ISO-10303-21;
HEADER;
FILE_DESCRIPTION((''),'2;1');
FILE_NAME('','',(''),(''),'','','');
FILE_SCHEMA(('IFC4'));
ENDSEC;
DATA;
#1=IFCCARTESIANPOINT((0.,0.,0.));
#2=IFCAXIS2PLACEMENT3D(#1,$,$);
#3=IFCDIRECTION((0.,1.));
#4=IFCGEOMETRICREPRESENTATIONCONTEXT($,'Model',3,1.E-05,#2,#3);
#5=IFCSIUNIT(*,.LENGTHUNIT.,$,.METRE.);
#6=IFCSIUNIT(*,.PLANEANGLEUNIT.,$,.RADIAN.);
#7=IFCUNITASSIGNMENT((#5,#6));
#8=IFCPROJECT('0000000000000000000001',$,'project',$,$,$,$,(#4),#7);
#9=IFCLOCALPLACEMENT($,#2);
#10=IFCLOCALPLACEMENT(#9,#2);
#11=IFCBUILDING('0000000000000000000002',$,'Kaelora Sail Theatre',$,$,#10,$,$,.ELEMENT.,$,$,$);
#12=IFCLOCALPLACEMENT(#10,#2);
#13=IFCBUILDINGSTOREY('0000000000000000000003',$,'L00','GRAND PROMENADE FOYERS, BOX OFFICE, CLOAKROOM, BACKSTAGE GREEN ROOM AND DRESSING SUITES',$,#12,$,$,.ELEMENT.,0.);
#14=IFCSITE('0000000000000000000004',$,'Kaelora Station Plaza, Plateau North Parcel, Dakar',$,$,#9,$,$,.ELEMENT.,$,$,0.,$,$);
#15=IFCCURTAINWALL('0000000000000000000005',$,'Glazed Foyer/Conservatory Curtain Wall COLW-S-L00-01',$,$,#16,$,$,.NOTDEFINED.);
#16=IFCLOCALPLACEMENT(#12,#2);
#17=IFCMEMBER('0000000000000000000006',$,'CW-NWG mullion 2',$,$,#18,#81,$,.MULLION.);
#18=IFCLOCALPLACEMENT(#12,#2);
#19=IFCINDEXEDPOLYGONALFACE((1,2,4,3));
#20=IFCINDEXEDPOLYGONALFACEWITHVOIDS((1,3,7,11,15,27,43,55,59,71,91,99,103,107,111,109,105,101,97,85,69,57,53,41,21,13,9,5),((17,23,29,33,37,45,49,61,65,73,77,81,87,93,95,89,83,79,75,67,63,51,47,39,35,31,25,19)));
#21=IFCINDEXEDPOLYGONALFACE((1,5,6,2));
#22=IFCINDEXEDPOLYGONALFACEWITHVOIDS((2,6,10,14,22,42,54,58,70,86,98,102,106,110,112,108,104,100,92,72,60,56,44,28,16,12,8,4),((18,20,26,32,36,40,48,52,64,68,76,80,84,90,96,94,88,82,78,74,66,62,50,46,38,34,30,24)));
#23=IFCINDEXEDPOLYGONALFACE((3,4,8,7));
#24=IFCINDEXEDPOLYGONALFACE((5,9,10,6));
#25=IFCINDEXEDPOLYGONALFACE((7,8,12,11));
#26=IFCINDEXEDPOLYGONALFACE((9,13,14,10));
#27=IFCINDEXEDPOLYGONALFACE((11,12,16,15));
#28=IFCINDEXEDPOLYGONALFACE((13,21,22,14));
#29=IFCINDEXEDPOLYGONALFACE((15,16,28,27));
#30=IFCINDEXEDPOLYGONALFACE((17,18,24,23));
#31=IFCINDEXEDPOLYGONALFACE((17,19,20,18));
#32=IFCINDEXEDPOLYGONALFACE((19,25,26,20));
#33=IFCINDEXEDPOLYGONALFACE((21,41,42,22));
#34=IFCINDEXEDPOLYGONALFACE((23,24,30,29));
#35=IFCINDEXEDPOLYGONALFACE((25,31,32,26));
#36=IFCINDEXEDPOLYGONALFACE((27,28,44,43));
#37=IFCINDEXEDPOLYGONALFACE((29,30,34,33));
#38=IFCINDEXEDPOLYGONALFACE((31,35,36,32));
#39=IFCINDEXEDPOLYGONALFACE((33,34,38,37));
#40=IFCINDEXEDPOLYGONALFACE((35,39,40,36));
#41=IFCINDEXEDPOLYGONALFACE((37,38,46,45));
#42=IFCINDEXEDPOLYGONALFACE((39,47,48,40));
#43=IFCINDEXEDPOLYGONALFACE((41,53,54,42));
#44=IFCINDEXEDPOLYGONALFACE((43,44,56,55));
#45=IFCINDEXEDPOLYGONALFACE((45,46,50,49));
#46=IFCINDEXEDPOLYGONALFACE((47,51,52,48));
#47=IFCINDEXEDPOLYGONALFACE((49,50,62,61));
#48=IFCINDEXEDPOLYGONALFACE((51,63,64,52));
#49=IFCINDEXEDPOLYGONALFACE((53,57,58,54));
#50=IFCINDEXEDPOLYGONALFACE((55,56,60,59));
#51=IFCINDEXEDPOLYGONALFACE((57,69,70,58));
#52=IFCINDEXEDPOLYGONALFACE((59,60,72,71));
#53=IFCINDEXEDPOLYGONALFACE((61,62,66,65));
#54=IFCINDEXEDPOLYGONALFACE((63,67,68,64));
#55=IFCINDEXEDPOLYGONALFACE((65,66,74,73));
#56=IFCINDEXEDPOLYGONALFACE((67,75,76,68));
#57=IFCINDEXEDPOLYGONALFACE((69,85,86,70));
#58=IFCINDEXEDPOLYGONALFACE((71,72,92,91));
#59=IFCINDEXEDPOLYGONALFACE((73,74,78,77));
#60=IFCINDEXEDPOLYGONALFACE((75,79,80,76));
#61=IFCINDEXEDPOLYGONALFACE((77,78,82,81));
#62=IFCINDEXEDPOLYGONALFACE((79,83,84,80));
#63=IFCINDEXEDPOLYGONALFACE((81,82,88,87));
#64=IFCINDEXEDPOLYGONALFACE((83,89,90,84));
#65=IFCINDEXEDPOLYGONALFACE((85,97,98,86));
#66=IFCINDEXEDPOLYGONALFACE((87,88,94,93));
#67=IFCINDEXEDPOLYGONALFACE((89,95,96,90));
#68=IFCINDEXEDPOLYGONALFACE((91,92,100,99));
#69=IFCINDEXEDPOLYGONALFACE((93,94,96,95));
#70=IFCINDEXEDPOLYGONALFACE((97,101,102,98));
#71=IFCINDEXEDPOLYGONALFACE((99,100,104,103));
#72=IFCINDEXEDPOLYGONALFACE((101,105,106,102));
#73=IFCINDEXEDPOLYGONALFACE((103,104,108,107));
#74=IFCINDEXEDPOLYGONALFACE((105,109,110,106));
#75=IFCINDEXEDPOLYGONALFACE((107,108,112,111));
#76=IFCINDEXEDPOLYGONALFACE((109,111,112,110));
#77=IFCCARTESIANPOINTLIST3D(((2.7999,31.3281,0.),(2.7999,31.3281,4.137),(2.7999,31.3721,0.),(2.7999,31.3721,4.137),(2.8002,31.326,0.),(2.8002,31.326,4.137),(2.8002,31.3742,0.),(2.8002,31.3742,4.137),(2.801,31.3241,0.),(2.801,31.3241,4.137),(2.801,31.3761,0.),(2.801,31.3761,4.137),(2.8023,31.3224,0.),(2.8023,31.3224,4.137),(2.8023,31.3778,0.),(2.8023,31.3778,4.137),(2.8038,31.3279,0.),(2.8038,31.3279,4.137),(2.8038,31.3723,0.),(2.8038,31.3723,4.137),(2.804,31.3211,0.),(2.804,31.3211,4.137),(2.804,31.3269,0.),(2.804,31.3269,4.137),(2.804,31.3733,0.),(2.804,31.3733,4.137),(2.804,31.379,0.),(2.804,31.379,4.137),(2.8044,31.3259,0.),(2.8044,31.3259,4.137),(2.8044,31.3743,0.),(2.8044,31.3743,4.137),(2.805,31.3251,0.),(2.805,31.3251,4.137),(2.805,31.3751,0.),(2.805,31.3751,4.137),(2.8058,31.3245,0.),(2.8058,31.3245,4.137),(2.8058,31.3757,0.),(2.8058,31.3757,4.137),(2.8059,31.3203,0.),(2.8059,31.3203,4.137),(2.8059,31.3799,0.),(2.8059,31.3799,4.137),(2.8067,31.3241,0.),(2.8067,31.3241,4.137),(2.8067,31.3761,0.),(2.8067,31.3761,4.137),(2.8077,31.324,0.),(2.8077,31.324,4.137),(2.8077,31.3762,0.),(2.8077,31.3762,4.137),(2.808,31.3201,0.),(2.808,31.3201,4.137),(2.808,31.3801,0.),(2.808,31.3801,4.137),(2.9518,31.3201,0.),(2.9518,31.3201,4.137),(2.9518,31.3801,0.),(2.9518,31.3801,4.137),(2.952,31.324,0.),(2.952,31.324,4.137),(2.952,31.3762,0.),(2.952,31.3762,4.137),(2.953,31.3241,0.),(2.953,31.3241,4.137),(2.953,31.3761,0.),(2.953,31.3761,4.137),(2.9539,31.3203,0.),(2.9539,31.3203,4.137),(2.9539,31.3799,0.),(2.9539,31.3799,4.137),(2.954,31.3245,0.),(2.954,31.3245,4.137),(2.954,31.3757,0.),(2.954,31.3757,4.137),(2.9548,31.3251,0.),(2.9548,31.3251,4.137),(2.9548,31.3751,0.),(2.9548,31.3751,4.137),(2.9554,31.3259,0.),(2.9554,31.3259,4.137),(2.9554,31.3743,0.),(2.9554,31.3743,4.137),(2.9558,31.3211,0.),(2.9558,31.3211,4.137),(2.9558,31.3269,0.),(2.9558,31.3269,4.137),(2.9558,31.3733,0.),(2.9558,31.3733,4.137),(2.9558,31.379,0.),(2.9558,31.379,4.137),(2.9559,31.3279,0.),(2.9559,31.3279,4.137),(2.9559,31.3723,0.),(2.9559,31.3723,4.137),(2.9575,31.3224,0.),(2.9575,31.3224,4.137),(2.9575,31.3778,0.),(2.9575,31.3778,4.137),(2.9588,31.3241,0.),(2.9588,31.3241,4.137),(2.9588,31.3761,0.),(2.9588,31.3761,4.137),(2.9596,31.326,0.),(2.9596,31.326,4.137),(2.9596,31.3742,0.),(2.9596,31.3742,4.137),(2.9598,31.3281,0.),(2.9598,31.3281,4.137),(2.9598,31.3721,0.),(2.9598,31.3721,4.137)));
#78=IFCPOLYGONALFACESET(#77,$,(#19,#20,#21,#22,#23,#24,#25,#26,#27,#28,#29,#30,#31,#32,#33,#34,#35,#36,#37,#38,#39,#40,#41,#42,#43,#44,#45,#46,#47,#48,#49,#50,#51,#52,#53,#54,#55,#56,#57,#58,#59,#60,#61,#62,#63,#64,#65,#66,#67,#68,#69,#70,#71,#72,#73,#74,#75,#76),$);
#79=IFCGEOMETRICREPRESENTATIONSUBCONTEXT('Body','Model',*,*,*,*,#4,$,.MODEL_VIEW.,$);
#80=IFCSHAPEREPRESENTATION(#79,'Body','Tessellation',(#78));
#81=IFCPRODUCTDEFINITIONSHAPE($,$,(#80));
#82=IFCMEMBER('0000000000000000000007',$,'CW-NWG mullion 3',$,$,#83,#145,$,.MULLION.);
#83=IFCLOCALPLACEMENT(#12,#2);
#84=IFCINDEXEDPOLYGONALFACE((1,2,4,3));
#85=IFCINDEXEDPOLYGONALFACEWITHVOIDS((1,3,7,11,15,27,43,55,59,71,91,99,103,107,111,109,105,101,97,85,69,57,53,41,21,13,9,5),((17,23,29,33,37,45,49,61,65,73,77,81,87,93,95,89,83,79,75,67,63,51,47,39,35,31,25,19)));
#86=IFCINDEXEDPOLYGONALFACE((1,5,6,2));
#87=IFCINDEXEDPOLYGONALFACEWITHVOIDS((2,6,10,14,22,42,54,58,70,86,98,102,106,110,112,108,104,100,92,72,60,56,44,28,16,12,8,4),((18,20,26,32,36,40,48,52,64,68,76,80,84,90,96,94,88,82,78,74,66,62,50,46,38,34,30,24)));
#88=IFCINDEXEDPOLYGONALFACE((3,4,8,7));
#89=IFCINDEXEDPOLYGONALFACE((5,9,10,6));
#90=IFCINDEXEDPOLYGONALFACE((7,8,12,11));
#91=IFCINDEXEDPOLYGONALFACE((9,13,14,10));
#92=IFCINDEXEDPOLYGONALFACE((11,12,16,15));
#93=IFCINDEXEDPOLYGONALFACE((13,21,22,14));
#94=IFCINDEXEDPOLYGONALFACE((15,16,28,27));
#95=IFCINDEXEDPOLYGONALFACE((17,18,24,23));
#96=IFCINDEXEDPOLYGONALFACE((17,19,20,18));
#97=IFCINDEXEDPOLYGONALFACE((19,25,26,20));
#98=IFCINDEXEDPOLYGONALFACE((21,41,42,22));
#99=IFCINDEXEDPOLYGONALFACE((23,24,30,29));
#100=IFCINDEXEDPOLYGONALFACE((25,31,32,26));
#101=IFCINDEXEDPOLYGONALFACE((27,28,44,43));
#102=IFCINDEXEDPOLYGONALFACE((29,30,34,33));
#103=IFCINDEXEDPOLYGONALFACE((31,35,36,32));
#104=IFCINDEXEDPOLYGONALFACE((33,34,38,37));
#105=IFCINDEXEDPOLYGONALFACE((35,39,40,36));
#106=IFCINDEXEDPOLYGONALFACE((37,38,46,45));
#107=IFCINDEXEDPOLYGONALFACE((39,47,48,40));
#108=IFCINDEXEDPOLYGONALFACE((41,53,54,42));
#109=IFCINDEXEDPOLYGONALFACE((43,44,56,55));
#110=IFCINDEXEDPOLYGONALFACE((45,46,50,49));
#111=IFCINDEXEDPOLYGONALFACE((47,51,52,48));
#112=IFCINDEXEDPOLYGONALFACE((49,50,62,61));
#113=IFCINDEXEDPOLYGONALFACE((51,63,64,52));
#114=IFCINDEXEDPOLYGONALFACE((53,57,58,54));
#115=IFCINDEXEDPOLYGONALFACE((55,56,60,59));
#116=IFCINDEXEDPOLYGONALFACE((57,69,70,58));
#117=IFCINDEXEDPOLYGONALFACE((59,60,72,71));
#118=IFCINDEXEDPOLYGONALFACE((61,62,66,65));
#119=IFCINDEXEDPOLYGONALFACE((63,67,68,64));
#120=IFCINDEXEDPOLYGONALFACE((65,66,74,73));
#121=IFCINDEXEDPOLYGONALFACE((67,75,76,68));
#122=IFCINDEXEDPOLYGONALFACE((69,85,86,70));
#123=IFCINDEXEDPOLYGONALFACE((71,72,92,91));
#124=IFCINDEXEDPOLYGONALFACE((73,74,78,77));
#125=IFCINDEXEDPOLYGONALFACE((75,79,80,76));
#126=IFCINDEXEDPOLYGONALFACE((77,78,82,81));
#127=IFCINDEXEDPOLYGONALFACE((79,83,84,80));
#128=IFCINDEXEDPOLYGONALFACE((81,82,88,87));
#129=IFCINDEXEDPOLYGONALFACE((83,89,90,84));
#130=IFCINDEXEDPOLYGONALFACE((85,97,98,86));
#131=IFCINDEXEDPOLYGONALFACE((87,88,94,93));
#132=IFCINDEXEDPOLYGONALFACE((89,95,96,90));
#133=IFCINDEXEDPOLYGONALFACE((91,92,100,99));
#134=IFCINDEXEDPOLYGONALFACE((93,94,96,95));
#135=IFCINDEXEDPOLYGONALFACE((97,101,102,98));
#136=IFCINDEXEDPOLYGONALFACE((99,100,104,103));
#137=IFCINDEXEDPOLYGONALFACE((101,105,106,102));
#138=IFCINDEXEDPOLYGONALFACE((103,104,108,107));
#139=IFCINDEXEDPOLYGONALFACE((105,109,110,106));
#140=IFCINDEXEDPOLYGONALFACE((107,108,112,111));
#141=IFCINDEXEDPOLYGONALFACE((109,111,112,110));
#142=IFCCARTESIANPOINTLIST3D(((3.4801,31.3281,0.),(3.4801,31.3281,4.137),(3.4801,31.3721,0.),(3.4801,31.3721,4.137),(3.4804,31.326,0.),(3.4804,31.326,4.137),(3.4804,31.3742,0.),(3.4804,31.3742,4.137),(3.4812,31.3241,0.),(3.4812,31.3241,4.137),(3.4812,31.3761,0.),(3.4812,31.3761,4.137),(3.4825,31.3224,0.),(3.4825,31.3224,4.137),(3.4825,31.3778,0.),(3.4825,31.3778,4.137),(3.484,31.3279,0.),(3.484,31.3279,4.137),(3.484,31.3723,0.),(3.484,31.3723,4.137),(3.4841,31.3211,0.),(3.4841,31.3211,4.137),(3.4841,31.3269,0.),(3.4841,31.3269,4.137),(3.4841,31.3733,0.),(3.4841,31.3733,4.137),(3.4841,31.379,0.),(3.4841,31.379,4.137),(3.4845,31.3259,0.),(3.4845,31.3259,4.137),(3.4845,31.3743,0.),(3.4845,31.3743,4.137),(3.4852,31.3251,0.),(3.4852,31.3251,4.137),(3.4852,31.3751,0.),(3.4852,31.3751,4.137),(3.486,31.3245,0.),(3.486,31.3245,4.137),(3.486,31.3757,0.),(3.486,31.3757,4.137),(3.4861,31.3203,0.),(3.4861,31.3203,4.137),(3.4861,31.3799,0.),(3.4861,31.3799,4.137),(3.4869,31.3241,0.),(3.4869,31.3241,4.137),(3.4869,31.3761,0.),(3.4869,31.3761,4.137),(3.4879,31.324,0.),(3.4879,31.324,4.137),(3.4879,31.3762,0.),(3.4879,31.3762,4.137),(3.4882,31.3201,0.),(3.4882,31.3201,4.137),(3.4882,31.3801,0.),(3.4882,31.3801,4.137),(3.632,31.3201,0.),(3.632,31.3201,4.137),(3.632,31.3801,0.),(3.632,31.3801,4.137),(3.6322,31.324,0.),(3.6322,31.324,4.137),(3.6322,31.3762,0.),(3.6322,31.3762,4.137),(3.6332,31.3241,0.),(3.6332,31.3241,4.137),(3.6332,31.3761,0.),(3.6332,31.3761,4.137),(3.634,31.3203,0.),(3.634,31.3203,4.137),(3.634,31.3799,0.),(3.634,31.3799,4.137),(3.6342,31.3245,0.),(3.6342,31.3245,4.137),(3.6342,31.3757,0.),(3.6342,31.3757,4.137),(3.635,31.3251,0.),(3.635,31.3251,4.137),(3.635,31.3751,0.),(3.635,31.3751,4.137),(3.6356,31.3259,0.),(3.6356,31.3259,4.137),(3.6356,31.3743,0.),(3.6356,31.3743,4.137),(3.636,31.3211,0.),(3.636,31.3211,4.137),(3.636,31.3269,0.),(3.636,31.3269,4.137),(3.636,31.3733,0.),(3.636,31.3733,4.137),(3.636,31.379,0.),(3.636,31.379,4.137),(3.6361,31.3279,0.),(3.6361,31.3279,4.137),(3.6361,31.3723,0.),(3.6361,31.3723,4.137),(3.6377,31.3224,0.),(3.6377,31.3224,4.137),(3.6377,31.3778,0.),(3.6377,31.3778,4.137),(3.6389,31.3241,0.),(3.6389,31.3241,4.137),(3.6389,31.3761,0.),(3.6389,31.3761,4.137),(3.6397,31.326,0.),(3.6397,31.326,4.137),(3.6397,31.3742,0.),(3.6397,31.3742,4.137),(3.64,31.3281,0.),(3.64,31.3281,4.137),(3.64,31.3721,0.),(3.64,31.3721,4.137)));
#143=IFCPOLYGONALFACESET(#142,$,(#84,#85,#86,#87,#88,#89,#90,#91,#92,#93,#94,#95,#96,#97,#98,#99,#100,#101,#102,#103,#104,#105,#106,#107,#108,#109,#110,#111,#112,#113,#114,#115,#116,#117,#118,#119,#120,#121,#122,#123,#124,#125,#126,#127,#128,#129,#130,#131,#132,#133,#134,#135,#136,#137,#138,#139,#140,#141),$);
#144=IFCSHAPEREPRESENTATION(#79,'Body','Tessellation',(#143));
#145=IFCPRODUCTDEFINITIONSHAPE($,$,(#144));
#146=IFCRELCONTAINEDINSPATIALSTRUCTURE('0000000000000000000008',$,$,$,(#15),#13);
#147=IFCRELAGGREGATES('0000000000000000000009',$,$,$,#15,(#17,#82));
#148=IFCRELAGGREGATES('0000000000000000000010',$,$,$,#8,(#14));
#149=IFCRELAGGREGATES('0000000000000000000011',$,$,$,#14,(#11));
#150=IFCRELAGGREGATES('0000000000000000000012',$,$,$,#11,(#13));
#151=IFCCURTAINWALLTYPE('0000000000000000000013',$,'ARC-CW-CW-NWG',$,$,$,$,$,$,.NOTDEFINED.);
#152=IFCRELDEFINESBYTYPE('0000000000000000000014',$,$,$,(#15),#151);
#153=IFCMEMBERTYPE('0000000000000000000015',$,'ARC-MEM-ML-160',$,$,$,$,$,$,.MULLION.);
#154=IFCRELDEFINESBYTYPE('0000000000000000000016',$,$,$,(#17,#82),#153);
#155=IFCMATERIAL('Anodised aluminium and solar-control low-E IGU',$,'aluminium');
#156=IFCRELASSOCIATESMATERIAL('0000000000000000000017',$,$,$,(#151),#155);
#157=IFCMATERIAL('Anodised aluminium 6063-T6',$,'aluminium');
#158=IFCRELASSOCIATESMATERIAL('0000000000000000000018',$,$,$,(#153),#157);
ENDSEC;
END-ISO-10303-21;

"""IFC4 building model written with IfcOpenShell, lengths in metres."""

from ifc_helpers import new_model, si_unit, direction, frame, origin, origin_2d, place, context, subcontext, project, spatial, hollow_rectangle, extrude, material, material_profile, profile_set, type_object, element, aggregate, save


model = new_model("IFC4")

# Units and contexts
model_context = context("Model", 3, precision=1e-05, world=origin(), true_north=direction((0.0, 1.0)))
body_context = subcontext(model_context, "Body", "Model", "MODEL_VIEW")
ifc_project = project(units=[si_unit("LENGTHUNIT", "METRE"), si_unit("PLANEANGLEUNIT", "RADIAN")], contexts=[model_context])

# Site, building, storey
site_placement = place(None, origin())
site = spatial("IfcSite", under=ifc_project, at=site_placement, Name="Kaelora Station Plaza, Plateau North Parcel, Dakar", CompositionType="ELEMENT", RefElevation=0.0)
building_placement = place(site_placement, origin())
building = spatial("IfcBuilding", under=site, at=building_placement, Name="Kaelora Sail Theatre", CompositionType="ELEMENT")
storey_placement = place(building_placement, origin())
storey = spatial("IfcBuildingStorey", under=building, at=storey_placement, Name="L00", Description="GRAND PROMENADE FOYERS, BOX OFFICE, CLOAKROOM, BACKSTAGE GREEN ROOM AND DRESSING SUITES", CompositionType="ELEMENT", Elevation=0.0)

# Curtain wall, members
ifc_material_1 = material(Name="Anodised aluminium and solar-control low-E IGU", Category="aluminium")
curtain_wall_type = type_object("IfcCurtainWallType", Name="ARC-CW-CW-NWG", PredefinedType="NOTDEFINED", material=ifc_material_1)
curtain_wall_placement = place(storey_placement, origin())
curtain_wall = element("IfcCurtainWall", 1, at=curtain_wall_placement, inside=storey, type_object=curtain_wall_type, Name="Glazed Foyer/Conservatory Curtain Wall COLW-S-L00-01", PredefinedType="NOTDEFINED")
ifc_material_2 = material(Name="Anodised aluminium 6063-T6", Category="aluminium")
ifc_material_profile_1 = material_profile(ifc_material_2, hollow_rectangle(XDim=0.0601, YDim=0.1599, WallThickness=0.0039, InnerFilletRadius=0.0039, OuterFilletRadius=0.0081, at=origin_2d()), Name="ALU-MULL 60x160x4")
ifc_profile_set_1 = profile_set([ifc_material_profile_1], Name="Anodised aluminium 6063-T6")
member_type_1 = type_object("IfcMemberType", Name="ARC-MEM-ML-160", PredefinedType="MULLION", material=ifc_profile_set_1)
member_1_placement = place(storey_placement, frame((2.8799, 31.3501, 0.0), z_axis=(0.0, 0.0, 1.0), x_axis=(0.0, 1.0, 0.0)))
member_1 = element("IfcMember", 2, at=member_1_placement, type_object=member_type_1, Name="CW-NWG mullion 2", PredefinedType="MULLION", context=body_context, shape_type="SweptSolid", body=[
    extrude(hollow_rectangle(XDim=0.0601, YDim=0.1599, WallThickness=0.0039, InnerFilletRadius=0.0039, OuterFilletRadius=0.0081, at=origin_2d()), origin(), (0.0, 0.0, 1.0), 4.137),
])
member_2_placement = place(storey_placement, frame((3.5601, 31.3501, 0.0), z_axis=(0.0, 0.0, 1.0), x_axis=(0.0, 1.0, 0.0)))
member_2 = element("IfcMember", 3, at=member_2_placement, type_object=member_type_1, Name="CW-NWG mullion 3", PredefinedType="MULLION", context=body_context, shape_type="SweptSolid", body=[
    extrude(hollow_rectangle(XDim=0.0601, YDim=0.1599, WallThickness=0.0039, InnerFilletRadius=0.0039, OuterFilletRadius=0.0081, at=origin_2d()), origin(), (0.0, 0.0, 1.0), 4.137),
])
aggregate(curtain_wall, [member_1, member_2])

save(model, "model.ifc")
